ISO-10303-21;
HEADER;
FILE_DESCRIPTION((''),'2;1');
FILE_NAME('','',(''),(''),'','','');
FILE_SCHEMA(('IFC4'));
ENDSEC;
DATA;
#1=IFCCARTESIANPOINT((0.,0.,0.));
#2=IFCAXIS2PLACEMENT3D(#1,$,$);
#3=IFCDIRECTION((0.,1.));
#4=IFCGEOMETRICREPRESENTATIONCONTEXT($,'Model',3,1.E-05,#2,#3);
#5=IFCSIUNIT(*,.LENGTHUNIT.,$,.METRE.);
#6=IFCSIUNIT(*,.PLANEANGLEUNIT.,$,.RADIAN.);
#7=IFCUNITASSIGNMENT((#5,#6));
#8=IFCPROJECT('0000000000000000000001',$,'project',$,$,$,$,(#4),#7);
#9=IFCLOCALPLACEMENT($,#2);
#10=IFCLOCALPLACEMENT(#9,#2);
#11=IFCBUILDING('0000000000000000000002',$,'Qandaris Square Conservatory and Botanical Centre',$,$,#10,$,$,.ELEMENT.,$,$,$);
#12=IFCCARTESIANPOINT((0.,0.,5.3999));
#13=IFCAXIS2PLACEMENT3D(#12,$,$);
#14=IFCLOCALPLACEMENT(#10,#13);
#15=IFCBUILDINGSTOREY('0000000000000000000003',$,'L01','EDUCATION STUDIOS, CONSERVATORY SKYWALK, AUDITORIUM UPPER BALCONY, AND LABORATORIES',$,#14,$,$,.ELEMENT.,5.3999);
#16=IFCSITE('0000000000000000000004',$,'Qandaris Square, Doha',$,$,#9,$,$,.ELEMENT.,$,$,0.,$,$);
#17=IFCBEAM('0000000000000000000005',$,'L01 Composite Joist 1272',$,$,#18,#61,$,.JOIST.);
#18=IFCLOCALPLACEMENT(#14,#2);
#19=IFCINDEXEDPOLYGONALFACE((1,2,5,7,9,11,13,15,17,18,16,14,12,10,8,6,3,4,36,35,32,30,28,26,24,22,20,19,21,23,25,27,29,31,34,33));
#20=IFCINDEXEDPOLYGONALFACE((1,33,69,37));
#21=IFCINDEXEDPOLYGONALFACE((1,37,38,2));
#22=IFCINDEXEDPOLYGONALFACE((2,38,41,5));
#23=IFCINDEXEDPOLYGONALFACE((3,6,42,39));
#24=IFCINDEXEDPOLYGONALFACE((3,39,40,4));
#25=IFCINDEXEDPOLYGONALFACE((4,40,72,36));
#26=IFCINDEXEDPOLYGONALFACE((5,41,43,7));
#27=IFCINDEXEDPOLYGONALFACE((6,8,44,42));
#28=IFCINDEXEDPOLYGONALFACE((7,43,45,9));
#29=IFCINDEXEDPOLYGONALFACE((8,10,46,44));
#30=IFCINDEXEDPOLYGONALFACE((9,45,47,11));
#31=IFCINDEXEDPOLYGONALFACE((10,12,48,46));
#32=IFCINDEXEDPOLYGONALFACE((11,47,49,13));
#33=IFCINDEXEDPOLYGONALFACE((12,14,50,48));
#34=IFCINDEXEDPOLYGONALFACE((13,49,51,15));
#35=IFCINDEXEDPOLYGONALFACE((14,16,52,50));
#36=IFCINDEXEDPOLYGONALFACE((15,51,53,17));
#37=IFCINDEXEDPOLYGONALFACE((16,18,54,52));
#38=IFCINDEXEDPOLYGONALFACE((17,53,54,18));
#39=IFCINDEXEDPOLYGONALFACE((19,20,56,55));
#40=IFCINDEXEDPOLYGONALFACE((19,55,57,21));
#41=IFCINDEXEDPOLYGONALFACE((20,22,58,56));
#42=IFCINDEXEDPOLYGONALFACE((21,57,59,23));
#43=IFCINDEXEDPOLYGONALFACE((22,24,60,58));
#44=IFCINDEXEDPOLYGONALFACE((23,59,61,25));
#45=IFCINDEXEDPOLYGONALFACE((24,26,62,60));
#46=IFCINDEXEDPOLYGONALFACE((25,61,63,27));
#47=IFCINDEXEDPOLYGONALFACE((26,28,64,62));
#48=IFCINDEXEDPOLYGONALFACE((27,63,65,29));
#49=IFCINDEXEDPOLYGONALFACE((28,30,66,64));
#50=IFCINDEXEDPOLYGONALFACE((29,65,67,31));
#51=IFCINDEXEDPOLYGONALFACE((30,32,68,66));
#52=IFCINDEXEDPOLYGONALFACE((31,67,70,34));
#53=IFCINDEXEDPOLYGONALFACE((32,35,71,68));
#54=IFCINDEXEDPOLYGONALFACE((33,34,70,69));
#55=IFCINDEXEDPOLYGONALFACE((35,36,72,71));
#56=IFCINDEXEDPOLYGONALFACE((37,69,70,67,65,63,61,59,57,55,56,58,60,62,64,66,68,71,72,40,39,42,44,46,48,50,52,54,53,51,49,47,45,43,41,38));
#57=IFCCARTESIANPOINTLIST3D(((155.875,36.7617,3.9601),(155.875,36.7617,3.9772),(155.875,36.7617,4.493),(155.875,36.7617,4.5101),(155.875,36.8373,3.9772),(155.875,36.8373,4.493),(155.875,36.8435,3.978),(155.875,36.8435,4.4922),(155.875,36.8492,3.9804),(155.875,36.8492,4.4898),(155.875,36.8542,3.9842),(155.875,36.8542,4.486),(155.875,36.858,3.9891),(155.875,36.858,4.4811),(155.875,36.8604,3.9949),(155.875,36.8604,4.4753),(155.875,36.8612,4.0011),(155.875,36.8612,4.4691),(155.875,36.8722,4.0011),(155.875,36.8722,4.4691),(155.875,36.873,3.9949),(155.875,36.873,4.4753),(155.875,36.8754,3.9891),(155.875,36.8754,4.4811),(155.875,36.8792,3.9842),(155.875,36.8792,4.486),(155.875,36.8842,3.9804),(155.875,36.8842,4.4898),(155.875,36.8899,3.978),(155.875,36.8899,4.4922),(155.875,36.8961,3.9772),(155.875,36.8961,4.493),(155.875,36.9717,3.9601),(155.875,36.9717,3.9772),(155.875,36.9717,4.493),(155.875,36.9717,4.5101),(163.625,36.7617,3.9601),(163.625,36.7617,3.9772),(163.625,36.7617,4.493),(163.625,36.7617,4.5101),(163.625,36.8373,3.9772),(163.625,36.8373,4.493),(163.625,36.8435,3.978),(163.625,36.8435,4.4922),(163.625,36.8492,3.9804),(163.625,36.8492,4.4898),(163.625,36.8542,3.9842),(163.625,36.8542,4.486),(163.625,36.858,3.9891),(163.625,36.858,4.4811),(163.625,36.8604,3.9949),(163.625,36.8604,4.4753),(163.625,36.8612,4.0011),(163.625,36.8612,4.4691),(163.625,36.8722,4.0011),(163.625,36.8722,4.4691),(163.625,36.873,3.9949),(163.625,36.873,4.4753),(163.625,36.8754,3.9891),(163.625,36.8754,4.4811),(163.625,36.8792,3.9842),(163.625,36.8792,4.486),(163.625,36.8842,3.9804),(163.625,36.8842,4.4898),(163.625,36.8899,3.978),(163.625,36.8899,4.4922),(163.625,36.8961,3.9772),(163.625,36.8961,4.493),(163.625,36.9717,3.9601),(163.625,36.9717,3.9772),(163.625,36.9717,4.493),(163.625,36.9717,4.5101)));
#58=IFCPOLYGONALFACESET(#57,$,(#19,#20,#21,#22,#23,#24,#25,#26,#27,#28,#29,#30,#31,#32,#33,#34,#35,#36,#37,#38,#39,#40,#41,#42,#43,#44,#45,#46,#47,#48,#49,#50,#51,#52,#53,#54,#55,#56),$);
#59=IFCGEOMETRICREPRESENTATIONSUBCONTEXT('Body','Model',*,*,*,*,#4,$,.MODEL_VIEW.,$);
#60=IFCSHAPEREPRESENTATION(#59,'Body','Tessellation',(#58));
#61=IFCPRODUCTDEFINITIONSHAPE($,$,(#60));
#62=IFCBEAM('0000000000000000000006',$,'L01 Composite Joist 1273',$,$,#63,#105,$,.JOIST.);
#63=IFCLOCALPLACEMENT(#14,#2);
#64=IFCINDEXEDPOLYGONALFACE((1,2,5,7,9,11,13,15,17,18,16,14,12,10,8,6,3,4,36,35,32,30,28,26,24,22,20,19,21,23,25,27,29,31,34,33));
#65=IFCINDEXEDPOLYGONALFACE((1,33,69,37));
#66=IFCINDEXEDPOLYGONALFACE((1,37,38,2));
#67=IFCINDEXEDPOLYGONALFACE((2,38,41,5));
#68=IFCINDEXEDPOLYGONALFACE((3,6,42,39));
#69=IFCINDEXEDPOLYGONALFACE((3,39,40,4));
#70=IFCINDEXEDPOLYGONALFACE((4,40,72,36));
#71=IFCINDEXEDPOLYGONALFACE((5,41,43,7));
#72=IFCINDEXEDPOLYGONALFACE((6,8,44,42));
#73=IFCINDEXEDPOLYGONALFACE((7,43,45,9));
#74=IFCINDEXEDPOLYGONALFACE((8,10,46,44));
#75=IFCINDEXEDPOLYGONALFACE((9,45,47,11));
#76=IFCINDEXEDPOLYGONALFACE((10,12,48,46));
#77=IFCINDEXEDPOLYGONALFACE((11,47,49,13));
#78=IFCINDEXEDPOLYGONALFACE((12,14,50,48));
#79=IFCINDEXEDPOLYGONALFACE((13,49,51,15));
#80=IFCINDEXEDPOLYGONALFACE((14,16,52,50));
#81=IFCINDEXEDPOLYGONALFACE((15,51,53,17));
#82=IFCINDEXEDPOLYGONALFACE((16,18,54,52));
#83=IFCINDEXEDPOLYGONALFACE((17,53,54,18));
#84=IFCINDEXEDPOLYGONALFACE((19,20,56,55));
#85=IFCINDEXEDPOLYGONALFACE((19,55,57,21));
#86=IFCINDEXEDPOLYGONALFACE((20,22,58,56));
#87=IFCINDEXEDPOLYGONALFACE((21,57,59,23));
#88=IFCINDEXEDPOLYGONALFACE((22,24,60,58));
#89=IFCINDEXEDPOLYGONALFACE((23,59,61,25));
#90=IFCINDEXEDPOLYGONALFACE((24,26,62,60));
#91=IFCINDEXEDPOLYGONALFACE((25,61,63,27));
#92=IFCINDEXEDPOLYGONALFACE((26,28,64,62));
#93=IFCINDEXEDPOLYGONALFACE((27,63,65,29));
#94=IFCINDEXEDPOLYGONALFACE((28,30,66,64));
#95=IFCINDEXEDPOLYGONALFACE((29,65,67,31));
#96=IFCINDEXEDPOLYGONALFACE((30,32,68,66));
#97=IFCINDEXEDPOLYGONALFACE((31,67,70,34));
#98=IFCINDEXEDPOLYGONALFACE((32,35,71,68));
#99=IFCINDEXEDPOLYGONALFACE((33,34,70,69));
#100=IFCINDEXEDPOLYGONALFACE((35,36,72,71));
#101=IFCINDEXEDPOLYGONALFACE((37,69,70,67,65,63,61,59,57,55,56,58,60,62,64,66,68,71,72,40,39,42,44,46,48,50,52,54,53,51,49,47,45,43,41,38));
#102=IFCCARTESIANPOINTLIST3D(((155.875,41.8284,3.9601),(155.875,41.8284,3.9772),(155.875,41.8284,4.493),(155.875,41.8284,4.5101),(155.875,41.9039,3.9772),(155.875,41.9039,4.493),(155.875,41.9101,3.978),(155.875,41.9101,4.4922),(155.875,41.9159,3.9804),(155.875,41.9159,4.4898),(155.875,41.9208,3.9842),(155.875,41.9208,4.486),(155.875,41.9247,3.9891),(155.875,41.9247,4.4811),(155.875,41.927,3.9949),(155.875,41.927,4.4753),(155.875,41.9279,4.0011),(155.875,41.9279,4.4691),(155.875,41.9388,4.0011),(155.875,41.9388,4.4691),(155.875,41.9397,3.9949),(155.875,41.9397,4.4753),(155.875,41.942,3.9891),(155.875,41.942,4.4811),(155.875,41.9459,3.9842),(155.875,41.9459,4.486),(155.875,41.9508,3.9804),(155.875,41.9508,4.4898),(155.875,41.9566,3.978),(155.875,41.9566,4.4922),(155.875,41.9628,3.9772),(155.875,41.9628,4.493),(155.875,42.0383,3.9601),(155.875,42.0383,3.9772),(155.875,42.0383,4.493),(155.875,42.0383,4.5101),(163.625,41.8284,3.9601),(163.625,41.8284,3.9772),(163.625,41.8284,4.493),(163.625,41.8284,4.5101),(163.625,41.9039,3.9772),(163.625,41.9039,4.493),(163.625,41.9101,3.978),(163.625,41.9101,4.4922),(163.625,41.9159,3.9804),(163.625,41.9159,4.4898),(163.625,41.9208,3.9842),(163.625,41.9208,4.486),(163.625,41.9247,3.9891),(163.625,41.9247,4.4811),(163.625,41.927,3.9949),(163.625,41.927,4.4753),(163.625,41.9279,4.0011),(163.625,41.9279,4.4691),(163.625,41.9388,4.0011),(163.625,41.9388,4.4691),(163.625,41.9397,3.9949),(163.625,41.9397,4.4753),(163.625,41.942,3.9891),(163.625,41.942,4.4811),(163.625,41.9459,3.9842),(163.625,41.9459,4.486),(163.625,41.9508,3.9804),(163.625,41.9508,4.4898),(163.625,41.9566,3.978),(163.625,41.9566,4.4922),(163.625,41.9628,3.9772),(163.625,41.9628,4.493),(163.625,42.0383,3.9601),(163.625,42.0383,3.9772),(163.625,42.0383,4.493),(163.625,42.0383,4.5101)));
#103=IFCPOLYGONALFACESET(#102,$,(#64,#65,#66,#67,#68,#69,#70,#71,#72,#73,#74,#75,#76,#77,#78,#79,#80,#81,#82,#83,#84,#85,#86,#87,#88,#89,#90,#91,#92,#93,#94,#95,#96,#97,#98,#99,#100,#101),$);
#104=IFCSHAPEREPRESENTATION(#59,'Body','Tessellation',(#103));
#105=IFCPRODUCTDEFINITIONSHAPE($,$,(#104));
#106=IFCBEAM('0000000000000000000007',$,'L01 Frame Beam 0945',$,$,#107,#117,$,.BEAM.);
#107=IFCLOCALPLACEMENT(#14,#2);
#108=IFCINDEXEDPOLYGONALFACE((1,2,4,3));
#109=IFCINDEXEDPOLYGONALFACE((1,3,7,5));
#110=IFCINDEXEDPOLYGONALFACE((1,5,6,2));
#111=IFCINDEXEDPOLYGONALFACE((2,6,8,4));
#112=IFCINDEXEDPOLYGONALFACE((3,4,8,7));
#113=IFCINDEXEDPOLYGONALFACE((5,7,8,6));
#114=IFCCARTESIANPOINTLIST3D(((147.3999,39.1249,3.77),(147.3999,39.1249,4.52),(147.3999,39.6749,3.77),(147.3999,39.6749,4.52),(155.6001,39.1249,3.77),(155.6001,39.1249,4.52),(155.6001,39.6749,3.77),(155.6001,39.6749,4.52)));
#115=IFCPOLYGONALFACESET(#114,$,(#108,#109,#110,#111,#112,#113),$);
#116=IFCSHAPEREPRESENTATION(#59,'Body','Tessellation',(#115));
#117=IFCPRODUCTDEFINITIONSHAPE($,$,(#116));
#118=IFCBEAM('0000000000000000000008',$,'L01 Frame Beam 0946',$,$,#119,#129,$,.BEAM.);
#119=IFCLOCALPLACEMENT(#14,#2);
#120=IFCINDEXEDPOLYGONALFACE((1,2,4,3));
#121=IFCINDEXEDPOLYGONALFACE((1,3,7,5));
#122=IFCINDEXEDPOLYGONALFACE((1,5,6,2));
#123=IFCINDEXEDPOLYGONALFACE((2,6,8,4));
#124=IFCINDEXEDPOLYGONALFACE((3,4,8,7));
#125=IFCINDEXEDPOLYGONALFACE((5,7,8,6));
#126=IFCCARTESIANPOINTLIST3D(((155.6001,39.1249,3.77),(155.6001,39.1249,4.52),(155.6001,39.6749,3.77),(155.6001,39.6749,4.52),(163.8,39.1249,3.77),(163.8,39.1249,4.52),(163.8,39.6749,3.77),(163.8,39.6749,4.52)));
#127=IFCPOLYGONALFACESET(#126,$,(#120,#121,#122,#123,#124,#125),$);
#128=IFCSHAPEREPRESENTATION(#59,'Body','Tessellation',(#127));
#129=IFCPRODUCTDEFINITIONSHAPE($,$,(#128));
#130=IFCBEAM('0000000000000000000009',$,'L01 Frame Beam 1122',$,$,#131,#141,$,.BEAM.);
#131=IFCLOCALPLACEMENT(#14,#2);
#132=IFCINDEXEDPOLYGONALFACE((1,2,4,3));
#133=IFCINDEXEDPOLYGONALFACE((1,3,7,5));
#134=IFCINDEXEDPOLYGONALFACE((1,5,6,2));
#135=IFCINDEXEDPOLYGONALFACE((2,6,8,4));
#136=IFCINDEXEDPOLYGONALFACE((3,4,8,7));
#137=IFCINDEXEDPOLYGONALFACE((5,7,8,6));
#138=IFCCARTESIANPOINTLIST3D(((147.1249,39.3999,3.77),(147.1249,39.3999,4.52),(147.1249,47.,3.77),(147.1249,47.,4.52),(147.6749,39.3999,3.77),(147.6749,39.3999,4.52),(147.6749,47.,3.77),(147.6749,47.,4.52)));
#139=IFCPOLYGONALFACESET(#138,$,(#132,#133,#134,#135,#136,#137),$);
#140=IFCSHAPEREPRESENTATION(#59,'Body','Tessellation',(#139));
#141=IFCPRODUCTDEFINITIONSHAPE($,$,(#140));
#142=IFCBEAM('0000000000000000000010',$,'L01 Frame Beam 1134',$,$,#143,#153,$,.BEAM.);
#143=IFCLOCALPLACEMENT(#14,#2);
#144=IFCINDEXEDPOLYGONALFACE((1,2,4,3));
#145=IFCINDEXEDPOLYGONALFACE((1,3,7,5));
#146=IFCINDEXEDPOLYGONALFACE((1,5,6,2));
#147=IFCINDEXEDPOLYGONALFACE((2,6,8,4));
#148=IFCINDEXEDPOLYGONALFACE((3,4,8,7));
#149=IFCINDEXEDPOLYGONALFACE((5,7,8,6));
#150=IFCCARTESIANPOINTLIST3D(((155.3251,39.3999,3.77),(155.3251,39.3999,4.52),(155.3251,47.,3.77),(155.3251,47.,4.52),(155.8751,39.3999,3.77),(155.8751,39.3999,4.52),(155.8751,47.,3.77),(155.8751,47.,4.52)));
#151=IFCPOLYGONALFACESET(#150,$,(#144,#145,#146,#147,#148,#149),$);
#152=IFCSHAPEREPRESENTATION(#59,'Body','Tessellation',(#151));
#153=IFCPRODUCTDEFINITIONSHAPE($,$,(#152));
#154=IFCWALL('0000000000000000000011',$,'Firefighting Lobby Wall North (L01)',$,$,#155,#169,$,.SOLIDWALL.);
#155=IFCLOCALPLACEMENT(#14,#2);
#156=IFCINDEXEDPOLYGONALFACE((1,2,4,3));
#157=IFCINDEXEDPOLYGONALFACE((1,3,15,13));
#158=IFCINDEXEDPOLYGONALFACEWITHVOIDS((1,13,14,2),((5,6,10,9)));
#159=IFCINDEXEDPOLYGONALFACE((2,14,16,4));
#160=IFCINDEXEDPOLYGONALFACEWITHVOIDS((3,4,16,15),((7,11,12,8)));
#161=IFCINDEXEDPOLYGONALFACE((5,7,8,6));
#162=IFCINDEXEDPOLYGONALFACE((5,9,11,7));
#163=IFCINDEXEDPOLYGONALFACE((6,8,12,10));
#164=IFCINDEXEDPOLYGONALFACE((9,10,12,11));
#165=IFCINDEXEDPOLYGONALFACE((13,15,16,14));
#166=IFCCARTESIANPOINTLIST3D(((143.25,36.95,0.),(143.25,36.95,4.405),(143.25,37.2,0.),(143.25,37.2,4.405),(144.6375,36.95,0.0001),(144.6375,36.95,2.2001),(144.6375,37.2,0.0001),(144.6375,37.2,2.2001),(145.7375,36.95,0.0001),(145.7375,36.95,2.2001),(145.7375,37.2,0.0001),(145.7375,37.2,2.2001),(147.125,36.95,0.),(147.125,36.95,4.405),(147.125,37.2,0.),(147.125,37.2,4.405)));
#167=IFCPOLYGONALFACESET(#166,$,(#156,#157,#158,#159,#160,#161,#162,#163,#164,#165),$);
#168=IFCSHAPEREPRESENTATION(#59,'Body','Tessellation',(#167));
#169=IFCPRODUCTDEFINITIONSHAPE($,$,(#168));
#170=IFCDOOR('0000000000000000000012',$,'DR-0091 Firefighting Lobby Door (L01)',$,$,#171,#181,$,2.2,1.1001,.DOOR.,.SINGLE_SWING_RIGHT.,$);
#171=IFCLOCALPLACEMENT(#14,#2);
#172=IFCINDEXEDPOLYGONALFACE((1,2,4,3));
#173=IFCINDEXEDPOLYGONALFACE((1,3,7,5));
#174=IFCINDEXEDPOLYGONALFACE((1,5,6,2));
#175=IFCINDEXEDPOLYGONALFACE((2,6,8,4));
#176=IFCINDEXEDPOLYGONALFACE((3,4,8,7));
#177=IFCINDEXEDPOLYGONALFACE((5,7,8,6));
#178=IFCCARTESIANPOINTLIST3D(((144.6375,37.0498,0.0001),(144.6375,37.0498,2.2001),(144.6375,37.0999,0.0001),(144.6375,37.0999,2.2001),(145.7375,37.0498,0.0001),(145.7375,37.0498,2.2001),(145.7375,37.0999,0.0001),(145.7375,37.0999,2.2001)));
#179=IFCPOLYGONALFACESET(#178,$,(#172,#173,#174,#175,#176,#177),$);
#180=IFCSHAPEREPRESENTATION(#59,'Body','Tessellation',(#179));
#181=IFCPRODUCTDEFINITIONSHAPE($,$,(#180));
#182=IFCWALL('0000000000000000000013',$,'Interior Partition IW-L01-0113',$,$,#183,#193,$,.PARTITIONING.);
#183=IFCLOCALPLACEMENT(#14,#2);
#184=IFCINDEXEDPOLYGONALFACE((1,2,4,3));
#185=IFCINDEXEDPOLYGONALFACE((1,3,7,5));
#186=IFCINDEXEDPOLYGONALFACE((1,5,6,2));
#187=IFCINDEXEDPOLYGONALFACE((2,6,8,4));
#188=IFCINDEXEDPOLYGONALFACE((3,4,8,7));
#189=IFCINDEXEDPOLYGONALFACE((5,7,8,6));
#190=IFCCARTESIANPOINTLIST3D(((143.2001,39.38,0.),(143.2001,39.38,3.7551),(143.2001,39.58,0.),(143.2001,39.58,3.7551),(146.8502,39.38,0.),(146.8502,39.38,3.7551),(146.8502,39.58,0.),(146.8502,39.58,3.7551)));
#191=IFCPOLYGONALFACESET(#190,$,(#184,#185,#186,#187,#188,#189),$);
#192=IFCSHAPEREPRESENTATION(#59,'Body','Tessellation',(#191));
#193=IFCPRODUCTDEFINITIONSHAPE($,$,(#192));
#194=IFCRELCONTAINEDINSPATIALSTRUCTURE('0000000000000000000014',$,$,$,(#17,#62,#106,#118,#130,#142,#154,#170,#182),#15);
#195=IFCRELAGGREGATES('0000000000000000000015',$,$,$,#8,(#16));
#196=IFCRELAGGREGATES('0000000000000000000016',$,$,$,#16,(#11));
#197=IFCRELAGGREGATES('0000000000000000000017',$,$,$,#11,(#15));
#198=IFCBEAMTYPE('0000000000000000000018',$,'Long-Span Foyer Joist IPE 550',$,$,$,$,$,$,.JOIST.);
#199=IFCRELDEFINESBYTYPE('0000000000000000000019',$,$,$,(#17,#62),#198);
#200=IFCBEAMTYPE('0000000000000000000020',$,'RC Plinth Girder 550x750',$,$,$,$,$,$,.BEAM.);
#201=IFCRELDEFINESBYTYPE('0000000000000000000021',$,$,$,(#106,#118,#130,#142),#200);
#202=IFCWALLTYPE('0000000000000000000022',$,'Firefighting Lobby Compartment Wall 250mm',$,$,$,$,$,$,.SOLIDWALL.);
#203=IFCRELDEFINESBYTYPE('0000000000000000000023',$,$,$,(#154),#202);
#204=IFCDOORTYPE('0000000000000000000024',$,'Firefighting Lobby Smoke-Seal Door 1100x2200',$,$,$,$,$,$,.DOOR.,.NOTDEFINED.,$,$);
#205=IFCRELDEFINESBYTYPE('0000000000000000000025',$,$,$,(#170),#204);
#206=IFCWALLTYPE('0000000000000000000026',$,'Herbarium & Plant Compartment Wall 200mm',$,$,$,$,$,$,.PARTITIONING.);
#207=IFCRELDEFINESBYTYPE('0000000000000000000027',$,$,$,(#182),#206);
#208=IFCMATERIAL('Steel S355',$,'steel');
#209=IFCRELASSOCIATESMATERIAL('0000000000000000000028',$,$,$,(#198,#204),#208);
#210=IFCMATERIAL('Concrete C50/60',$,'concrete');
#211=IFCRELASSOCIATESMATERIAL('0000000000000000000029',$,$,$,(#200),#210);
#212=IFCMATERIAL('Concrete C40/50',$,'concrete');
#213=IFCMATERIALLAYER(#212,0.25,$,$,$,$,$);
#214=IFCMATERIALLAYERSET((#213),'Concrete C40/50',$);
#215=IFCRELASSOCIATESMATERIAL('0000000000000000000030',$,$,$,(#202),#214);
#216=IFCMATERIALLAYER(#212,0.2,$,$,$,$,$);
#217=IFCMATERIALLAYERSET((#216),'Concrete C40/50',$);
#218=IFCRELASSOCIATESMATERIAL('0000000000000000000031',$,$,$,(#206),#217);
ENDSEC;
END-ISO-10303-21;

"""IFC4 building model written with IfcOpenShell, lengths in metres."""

from ifc_helpers import new_model, si_unit, direction, frame, frame_2d, origin, origin_2d, place, context, subcontext, project, spatial, rectangle, i_section, extrude, material, layer, layer_set, material_profile, profile_set, type_object, element, fill, save


model = new_model("IFC4")

# Units and contexts
model_context = context("Model", 3, precision=1e-05, world=origin(), true_north=direction((0.0, 1.0)))
body_context = subcontext(model_context, "Body", "Model", "MODEL_VIEW")
ifc_project = project(units=[si_unit("LENGTHUNIT", "METRE"), si_unit("PLANEANGLEUNIT", "RADIAN")], contexts=[model_context])

# Site, building, storey
site_placement = place(None, origin())
site = spatial("IfcSite", under=ifc_project, at=site_placement, Name="Qandaris Square, Doha", CompositionType="ELEMENT", RefElevation=0.0)
building_placement = place(site_placement, origin())
building = spatial("IfcBuilding", under=site, at=building_placement, Name="Qandaris Square Conservatory and Botanical Centre", CompositionType="ELEMENT")
storey_placement = place(building_placement, frame((0.0, 0.0, 5.3999)))
storey = spatial("IfcBuildingStorey", under=building, at=storey_placement, Name="L01", Description="EDUCATION STUDIOS, CONSERVATORY SKYWALK, AUDITORIUM UPPER BALCONY, AND LABORATORIES", CompositionType="ELEMENT", Elevation=5.3999)

# Shared definitions
ifc_material_1 = material(Name="Concrete C50/60", Category="concrete")

# Beams
ifc_material_2 = material(Name="Steel S355", Category="steel")
ifc_material_profile_1 = material_profile(ifc_material_2, i_section(OverallWidth=0.21, OverallDepth=0.55, WebThickness=0.011, FlangeThickness=0.0171, FilletRadius=0.0239, at=origin_2d()), Name="IPE 550")
ifc_profile_set_1 = profile_set([ifc_material_profile_1], Name="Steel S355")
beam_type_1 = type_object("IfcBeamType", Name="Long-Span Foyer Joist IPE 550", PredefinedType="JOIST", material=ifc_profile_set_1)
for number, where, z_axis, x_axis, name in (
    (1, (155.875, 36.8667, 4.2351), (1.0, 0.0, 0.0), (0.0, 1.0, 0.0), "L01 Composite Joist 1272"),
    (2, (155.875, 41.9333, 4.2351), (1.0, 0.0, 0.0), (0.0, 1.0, 0.0), "L01 Composite Joist 1273"),
):
    element("IfcBeam", number, at=place(storey_placement, frame(where, z_axis=z_axis, x_axis=x_axis)), inside=storey, type_object=beam_type_1, Name=name, PredefinedType="JOIST", context=body_context, shape_type="SweptSolid", body=[
        extrude(i_section(OverallWidth=0.21, OverallDepth=0.55, WebThickness=0.011, FlangeThickness=0.0171, FilletRadius=0.0239, at=origin_2d()), origin(), (0.0, 0.0, 1.0), 7.75),
    ])
ifc_material_profile_2 = material_profile(ifc_material_1, rectangle(XDim=0.55, YDim=0.75, at=origin_2d()), Name="RC-BM 550x750")
ifc_profile_set_2 = profile_set([ifc_material_profile_2], Name="Concrete C50/60")
beam_type_2 = type_object("IfcBeamType", Name="RC Plinth Girder 550x750", PredefinedType="BEAM", material=ifc_profile_set_2)
beam_1_placement = place(storey_placement, frame((147.3999, 39.3999, 4.145), z_axis=(1.0, 0.0, 0.0), x_axis=(0.0, 1.0, 0.0)))
element("IfcBeam", 3, at=beam_1_placement, inside=storey, type_object=beam_type_2, Name="L01 Frame Beam 0945", PredefinedType="BEAM", context=body_context, shape_type="SweptSolid", body=[
    extrude(rectangle(XDim=0.55, YDim=0.75, at=origin_2d()), origin(), (0.0, 0.0, 1.0), 8.2002),
])
beam_2_placement = place(storey_placement, frame((155.6001, 39.3999, 4.145), z_axis=(1.0, 0.0, 0.0), x_axis=(0.0, 1.0, 0.0)))
element("IfcBeam", 4, at=beam_2_placement, inside=storey, type_object=beam_type_2, Name="L01 Frame Beam 0946", PredefinedType="BEAM", context=body_context, shape_type="SweptSolid", body=[
    extrude(rectangle(XDim=0.55, YDim=0.75, at=origin_2d()), origin(), (0.0, 0.0, 1.0), 8.2),
])
for number, where, z_axis, x_axis, name in (
    (5, (147.3999, 39.3999, 4.145), (0.0, 1.0, 0.0), (-1.0, 0.0, 0.0), "L01 Frame Beam 1122"),
    (6, (155.6001, 39.3999, 4.145), (0.0, 1.0, 0.0), (-1.0, 0.0, 0.0), "L01 Frame Beam 1134"),
):
    element("IfcBeam", number, at=place(storey_placement, frame(where, z_axis=z_axis, x_axis=x_axis)), inside=storey, type_object=beam_type_2, Name=name, PredefinedType="BEAM", context=body_context, shape_type="SweptSolid", body=[
        extrude(rectangle(XDim=0.55, YDim=0.75, at=origin_2d()), origin(), (0.0, 0.0, 1.0), 7.6001),
    ])

# Wall, opening, door
ifc_material_3 = material(Name="Concrete C40/50", Category="concrete")
ifc_layer_1 = layer(ifc_material_3, 0.25)
ifc_layer_set_1 = layer_set([ifc_layer_1], Name="Concrete C40/50")
wall_type_1 = type_object("IfcWallType", Name="Firefighting Lobby Compartment Wall 250mm", PredefinedType="SOLIDWALL", material=ifc_layer_set_1)
wall_1_placement = place(storey_placement, frame((143.25, 37.075, 0.0), z_axis=(0.0, 0.0, 1.0), x_axis=(1.0, 0.0, 0.0)))
wall_1 = element("IfcWall", 7, at=wall_1_placement, inside=storey, type_object=wall_type_1, Name="Firefighting Lobby Wall North (L01)", PredefinedType="SOLIDWALL", context=body_context, shape_type="SweptSolid", body=[
    extrude(rectangle(XDim=3.875, YDim=0.25, at=frame_2d((1.9375, 0.0))), origin(), (0.0, 0.0, 1.0), 4.405),
])
opening_1_placement = place(wall_1_placement, frame((1.3875, 0.0, 0.0)))
opening_1 = element("IfcOpeningElement", 8, at=opening_1_placement, cuts=wall_1, PredefinedType="OPENING", context=body_context, shape_type="SweptSolid", body=[
    extrude(rectangle(XDim=1.1001, YDim=2.2, at=frame_2d((0.55, 1.1001))), frame((0.0, 0.137, 0.0), z_axis=(0.0, -1.0, 0.0), x_axis=(1.0, 0.0, 0.0)), (0.0, 0.0, 1.0), 0.2739),
])
door_type_1 = type_object("IfcDoorType", Name="Firefighting Lobby Smoke-Seal Door 1100x2200", OperationType="NOTDEFINED", PredefinedType="DOOR", material=ifc_material_2)
door_1_placement = place(opening_1_placement, origin())
door_1 = element("IfcDoor", 9, at=door_1_placement, inside=storey, type_object=door_type_1, Name="DR-0091 Firefighting Lobby Door (L01)", OperationType="SINGLE_SWING_RIGHT", OverallHeight=2.2, OverallWidth=1.1001, PredefinedType="DOOR", context=body_context, shape_type="SweptSolid", body=[
    extrude(rectangle(XDim=1.1001, YDim=2.2, at=frame_2d((0.55, 1.1001))), frame((0.0, 0.0249, 0.0), z_axis=(0.0, -1.0, 0.0), x_axis=(1.0, 0.0, 0.0)), (0.0, 0.0, 1.0), 0.05),
])
fill(opening_1, door_1)

# Wall
ifc_layer_2 = layer(ifc_material_3, 0.2)
ifc_layer_set_2 = layer_set([ifc_layer_2], Name="Concrete C40/50")
wall_type_2 = type_object("IfcWallType", Name="Herbarium & Plant Compartment Wall 200mm", PredefinedType="PARTITIONING", material=ifc_layer_set_2)
wall_2_placement = place(storey_placement, frame((143.2, 39.48, 0.0), z_axis=(0.0, 0.0, 1.0), x_axis=(1.0, 0.0, 0.0)))
element("IfcWall", 10, at=wall_2_placement, inside=storey, type_object=wall_type_2, Name="Interior Partition IW-L01-0113", PredefinedType="PARTITIONING", context=body_context, shape_type="SweptSolid", body=[
    extrude(rectangle(XDim=3.6501, YDim=0.2, at=frame_2d((1.8252, 0.0))), origin(), (0.0, 0.0, 1.0), 3.7551),
])

save(model, "model.ifc")
